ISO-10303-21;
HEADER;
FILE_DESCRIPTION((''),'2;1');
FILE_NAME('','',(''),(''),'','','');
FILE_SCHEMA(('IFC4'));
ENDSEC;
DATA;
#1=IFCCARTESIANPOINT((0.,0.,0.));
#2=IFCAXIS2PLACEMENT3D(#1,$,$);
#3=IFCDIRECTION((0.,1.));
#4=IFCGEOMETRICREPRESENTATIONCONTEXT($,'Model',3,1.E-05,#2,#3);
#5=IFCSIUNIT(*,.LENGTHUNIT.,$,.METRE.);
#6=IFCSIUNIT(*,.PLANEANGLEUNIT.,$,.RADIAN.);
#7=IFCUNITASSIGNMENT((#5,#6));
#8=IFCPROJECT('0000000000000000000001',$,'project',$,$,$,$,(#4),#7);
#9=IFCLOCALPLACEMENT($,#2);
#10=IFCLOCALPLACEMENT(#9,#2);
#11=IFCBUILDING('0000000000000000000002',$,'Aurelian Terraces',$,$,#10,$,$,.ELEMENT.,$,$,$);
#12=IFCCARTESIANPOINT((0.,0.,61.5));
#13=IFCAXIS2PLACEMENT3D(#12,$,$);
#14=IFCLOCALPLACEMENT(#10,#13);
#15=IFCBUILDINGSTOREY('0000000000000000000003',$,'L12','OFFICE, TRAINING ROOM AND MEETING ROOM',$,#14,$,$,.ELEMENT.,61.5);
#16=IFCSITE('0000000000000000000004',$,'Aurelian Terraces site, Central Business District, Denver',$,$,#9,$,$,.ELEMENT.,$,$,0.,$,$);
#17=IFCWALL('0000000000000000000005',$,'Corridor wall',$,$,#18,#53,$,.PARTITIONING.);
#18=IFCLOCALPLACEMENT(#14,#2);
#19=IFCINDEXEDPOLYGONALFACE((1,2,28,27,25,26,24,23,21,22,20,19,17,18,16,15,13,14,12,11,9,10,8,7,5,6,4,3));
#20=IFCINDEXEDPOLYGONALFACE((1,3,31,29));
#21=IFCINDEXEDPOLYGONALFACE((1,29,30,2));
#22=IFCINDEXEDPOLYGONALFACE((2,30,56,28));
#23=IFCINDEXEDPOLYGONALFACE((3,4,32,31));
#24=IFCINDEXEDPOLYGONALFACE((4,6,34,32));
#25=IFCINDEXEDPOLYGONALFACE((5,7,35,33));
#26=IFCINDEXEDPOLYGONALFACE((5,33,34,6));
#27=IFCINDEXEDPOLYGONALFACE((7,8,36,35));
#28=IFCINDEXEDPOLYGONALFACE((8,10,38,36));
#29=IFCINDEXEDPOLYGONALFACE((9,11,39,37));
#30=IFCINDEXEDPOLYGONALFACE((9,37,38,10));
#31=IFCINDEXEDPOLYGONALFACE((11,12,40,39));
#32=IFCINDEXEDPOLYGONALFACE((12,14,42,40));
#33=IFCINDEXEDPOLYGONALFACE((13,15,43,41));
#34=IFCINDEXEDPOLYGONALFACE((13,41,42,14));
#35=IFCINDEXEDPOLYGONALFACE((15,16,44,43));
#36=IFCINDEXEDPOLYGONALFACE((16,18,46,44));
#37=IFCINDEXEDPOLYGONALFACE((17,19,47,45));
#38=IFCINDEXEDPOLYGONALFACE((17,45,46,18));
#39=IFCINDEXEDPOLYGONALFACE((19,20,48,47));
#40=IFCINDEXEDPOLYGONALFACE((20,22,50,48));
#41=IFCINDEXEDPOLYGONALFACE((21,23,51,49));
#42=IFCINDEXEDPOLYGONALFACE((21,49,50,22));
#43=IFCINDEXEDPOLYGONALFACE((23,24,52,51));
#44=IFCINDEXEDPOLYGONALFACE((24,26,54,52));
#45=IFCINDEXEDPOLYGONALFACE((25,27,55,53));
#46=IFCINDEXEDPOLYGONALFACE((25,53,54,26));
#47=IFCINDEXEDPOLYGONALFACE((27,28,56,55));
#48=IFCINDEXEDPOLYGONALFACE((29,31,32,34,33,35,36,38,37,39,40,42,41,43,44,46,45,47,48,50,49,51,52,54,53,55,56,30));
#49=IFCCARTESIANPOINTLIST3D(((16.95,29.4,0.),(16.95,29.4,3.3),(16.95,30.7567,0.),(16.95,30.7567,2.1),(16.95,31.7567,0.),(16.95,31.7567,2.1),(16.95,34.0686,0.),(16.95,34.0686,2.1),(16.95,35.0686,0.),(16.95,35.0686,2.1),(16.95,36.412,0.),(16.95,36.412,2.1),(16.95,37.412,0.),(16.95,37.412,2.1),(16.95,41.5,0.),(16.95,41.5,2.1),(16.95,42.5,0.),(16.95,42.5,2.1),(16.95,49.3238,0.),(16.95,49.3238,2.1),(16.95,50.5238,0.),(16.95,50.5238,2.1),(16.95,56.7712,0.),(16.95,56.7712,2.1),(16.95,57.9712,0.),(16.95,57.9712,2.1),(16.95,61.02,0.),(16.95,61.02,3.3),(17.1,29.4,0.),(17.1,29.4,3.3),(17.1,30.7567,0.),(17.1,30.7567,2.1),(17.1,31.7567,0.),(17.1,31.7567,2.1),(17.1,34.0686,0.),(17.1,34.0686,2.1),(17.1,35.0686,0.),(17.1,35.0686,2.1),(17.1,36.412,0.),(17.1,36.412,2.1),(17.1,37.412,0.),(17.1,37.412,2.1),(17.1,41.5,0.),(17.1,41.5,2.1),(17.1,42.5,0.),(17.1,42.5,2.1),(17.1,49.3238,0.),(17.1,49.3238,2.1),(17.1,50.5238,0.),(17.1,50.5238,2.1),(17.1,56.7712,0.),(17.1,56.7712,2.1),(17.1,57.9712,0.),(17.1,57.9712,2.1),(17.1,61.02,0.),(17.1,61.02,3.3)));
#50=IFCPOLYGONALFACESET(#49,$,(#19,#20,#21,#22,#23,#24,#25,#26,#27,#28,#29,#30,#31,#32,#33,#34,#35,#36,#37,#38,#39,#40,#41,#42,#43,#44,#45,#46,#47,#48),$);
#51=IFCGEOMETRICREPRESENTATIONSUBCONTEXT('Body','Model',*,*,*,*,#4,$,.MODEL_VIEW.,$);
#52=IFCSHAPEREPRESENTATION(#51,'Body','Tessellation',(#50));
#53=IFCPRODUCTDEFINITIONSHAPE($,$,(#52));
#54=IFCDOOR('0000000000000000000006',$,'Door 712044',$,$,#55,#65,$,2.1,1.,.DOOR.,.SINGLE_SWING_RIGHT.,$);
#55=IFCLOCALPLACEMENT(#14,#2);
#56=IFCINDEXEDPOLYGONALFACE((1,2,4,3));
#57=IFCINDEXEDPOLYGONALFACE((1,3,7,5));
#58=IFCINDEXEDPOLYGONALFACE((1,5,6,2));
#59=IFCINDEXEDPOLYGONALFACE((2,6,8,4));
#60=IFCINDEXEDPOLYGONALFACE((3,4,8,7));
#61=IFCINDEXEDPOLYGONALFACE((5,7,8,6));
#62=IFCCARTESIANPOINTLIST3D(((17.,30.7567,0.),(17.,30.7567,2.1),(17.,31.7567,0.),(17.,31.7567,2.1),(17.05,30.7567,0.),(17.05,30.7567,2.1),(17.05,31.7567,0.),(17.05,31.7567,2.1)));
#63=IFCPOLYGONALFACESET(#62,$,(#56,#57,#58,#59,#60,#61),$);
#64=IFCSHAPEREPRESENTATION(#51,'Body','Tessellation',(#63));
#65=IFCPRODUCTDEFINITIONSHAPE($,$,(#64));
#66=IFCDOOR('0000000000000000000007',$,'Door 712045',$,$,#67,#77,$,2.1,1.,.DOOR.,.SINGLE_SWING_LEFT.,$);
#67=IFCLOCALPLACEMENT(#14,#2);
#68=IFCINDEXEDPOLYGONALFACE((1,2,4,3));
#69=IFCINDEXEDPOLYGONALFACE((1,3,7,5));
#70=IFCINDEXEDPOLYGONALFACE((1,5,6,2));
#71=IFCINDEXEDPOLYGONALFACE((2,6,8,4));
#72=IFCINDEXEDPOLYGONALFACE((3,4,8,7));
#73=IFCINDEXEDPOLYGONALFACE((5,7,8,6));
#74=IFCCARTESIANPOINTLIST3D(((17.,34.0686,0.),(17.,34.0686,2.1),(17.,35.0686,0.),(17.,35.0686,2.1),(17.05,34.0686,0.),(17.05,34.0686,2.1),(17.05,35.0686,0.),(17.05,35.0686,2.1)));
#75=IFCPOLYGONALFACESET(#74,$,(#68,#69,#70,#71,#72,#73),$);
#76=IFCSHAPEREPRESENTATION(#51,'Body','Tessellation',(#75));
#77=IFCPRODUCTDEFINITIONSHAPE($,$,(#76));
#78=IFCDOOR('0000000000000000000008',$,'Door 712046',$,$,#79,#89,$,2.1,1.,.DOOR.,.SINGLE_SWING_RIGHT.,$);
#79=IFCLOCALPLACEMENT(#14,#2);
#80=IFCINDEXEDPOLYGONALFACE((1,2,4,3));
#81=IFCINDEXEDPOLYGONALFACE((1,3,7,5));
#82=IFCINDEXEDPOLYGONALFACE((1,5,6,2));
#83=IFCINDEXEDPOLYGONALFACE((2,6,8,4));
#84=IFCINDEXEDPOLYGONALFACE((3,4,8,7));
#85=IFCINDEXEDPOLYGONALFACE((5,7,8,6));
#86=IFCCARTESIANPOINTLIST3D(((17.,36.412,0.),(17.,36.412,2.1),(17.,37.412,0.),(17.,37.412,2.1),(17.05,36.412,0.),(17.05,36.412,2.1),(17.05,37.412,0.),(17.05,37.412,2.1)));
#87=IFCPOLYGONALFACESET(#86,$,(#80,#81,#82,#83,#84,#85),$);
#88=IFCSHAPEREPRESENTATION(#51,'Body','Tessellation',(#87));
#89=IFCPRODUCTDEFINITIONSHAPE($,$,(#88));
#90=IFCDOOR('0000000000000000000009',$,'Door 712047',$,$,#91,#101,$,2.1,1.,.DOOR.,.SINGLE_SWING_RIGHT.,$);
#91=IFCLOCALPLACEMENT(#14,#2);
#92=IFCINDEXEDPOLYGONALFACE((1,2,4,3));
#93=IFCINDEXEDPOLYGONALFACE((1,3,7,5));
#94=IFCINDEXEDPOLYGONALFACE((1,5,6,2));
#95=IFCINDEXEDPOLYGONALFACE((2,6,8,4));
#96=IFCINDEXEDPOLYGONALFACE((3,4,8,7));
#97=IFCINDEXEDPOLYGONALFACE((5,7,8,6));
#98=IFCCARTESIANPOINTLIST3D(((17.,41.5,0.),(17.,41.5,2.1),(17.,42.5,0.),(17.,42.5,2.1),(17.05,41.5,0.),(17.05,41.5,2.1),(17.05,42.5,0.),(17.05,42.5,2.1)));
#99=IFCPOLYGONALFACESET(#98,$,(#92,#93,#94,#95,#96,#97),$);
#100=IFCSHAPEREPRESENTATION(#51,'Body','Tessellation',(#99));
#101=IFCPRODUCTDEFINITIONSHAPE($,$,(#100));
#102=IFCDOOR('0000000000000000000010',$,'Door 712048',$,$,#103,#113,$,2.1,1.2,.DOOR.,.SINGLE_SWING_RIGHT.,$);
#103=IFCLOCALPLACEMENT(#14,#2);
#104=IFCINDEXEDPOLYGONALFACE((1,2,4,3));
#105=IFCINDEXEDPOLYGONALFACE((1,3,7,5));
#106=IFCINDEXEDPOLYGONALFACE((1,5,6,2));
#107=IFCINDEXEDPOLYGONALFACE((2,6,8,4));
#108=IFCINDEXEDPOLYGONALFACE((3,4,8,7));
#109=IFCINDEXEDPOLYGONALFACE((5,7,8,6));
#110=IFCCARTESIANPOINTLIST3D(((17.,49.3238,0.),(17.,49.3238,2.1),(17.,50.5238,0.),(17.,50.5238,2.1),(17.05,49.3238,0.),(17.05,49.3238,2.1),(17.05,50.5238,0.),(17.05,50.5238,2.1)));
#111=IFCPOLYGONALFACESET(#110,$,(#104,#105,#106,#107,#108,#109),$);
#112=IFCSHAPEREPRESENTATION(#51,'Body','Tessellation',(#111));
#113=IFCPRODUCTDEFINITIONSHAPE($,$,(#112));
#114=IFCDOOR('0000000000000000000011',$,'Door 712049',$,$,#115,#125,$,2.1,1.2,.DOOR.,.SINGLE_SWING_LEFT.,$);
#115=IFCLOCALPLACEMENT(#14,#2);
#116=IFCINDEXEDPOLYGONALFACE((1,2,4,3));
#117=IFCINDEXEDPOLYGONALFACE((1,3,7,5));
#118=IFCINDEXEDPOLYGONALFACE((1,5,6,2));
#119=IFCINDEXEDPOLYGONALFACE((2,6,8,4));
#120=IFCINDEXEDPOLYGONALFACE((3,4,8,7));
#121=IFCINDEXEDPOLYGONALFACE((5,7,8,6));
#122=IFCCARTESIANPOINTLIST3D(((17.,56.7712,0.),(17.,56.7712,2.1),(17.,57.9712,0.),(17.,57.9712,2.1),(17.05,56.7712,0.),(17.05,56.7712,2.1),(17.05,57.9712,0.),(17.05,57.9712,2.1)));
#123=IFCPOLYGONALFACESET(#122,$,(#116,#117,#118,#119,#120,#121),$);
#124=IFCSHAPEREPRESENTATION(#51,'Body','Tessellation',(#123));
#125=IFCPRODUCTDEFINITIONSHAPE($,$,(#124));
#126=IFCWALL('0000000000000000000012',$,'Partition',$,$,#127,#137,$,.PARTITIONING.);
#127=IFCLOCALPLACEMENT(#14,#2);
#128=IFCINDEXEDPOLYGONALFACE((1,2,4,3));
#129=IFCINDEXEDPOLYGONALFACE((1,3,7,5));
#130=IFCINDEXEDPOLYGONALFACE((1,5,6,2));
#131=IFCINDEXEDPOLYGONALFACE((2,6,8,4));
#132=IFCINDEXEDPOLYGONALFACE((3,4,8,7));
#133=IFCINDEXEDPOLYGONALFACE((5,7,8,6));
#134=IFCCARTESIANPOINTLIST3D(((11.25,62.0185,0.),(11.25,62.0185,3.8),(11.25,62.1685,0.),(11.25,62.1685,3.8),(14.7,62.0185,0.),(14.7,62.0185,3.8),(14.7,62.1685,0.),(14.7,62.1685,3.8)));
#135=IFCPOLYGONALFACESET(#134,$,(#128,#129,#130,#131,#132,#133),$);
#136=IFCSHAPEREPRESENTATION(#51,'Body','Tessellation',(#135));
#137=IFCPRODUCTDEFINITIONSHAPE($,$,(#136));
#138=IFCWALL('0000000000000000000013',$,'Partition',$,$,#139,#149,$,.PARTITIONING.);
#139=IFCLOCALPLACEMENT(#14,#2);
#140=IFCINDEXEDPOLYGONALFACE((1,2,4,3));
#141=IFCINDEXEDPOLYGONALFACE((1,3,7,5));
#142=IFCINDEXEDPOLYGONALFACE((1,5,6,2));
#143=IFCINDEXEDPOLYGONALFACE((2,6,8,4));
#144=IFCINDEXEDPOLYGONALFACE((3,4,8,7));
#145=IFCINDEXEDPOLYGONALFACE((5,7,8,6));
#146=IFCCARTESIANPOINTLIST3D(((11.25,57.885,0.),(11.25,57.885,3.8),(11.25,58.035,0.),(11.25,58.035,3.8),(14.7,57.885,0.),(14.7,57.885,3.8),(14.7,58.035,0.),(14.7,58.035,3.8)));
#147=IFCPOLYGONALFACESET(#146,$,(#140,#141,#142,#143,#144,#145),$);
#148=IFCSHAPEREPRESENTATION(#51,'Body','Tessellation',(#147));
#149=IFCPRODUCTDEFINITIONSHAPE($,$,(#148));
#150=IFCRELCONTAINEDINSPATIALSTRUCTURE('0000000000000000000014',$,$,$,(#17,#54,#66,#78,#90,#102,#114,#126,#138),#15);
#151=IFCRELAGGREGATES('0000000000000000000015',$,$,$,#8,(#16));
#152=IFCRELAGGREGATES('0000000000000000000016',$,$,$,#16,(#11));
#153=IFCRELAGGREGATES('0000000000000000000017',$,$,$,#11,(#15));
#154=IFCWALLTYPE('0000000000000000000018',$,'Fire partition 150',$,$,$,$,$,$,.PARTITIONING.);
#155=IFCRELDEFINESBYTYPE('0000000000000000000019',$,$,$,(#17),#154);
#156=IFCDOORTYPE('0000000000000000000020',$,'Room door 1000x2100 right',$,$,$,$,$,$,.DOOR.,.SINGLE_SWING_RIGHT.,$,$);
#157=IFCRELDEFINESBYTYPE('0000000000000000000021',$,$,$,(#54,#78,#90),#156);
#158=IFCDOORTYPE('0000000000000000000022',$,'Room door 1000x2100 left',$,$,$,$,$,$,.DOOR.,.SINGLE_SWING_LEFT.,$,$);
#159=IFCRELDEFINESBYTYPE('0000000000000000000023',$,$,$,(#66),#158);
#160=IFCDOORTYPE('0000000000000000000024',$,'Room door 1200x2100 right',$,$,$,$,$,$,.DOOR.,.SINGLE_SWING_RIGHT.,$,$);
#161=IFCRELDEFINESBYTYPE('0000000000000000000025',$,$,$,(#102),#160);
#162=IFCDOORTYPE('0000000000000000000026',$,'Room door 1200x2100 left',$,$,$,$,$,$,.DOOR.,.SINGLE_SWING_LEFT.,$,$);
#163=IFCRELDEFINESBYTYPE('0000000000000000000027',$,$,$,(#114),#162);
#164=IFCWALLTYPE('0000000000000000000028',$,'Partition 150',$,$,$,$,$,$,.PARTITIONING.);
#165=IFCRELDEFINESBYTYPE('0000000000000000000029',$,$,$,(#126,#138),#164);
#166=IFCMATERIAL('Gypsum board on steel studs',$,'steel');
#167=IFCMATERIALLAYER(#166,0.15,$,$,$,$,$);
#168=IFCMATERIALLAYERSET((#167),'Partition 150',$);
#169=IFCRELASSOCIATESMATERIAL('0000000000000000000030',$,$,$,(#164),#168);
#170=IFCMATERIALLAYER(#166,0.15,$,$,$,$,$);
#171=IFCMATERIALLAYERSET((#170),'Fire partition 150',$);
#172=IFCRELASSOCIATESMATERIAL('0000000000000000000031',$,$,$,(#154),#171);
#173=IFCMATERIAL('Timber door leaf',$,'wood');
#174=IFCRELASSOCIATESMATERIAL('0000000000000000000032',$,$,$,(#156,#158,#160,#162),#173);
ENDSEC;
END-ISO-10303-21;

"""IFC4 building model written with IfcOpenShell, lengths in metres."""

from ifc_helpers import new_model, si_unit, direction, frame, frame_2d, origin, place, context, subcontext, project, spatial, rectangle, extrude, source, transform, mapped, material, layer, layer_set, type_object, element, fill, save


model = new_model("IFC4")

# Units and contexts
model_context = context("Model", 3, precision=1e-05, world=origin(), true_north=direction((0.0, 1.0)))
body_context = subcontext(model_context, "Body", "Model", "MODEL_VIEW")
ifc_project = project(units=[si_unit("LENGTHUNIT", "METRE"), si_unit("PLANEANGLEUNIT", "RADIAN")], contexts=[model_context])

# Site, building, storey
site_placement = place(None, origin())
site = spatial("IfcSite", under=ifc_project, at=site_placement, Name="Aurelian Terraces site, Central Business District, Denver", CompositionType="ELEMENT", RefElevation=0.0)
building_placement = place(site_placement, origin())
building = spatial("IfcBuilding", under=site, at=building_placement, Name="Aurelian Terraces", CompositionType="ELEMENT")
storey_placement = place(building_placement, frame((0.0, 0.0, 61.5)))
storey = spatial("IfcBuildingStorey", under=building, at=storey_placement, Name="L12", Description="OFFICE, TRAINING ROOM AND MEETING ROOM", CompositionType="ELEMENT", Elevation=61.5)

# Shared definitions
ifc_material_1 = material(Name="Gypsum board on steel studs", Category="steel")
ifc_layer_1 = layer(ifc_material_1, 0.15)
ifc_layer_set_1 = layer_set([ifc_layer_1], Name="Partition 150")
wall_type_1 = type_object("IfcWallType", Name="Partition 150", PredefinedType="PARTITIONING", material=ifc_layer_set_1)

# Wall, openings, doors
ifc_layer_2 = layer(ifc_material_1, 0.15)
ifc_layer_set_2 = layer_set([ifc_layer_2], Name="Fire partition 150")
wall_type_2 = type_object("IfcWallType", Name="Fire partition 150", PredefinedType="PARTITIONING", material=ifc_layer_set_2)
shared_shape_1 = source(origin(), body_context, "Body", "SweptSolid", [
    extrude(rectangle(XDim=31.62, YDim=0.15, at=frame_2d((15.81, 0.0))), origin(), (0.0, 0.0, 1.0), 3.3),
])
wall_1_placement = place(storey_placement, frame((17.025, 61.02, 0.0), z_axis=(0.0, 0.0, 1.0), x_axis=(0.0, -1.0, 0.0)))
wall_1 = element("IfcWall", 1, at=wall_1_placement, inside=storey, type_object=wall_type_2, Name="Corridor wall", PredefinedType="PARTITIONING", context=body_context, shape_type="MappedRepresentation", body=[
    mapped(shared_shape_1, transform((0.0, 0.0, 0.0), scale=1.0)),
])
shared_shape_2 = source(origin(), body_context, "Body", "SweptSolid", [
    extrude(rectangle(XDim=1.0, YDim=2.1, at=frame_2d((0.5, 1.05))), frame((0.0, 0.085, 0.0), z_axis=(0.0, -1.0, 0.0), x_axis=(1.0, 0.0, 0.0)), (0.0, 0.0, 1.0), 0.17),
])
opening_1_placement = place(wall_1_placement, frame((29.2633, 0.0, 0.0)))
opening_1 = element("IfcOpeningElement", 2, at=opening_1_placement, cuts=wall_1, PredefinedType="OPENING", context=body_context, shape_type="MappedRepresentation", body=[
    mapped(shared_shape_2, transform((0.0, 0.0, 0.0), scale=1.0)),
])
opening_2_placement = place(wall_1_placement, frame((25.9514, 0.0, 0.0)))
opening_2 = element("IfcOpeningElement", 3, at=opening_2_placement, cuts=wall_1, PredefinedType="OPENING", context=body_context, shape_type="MappedRepresentation", body=[
    mapped(shared_shape_2, transform((0.0, 0.0, 0.0), scale=1.0)),
])
opening_3_placement = place(wall_1_placement, frame((23.608, 0.0, 0.0)))
opening_3 = element("IfcOpeningElement", 4, at=opening_3_placement, cuts=wall_1, PredefinedType="OPENING", context=body_context, shape_type="MappedRepresentation", body=[
    mapped(shared_shape_2, transform((0.0, 0.0, 0.0), scale=1.0)),
])
opening_4_placement = place(wall_1_placement, frame((18.52, 0.0, 0.0)))
opening_4 = element("IfcOpeningElement", 5, at=opening_4_placement, cuts=wall_1, PredefinedType="OPENING", context=body_context, shape_type="MappedRepresentation", body=[
    mapped(shared_shape_2, transform((0.0, 0.0, 0.0), scale=1.0)),
])
shared_shape_3 = source(origin(), body_context, "Body", "SweptSolid", [
    extrude(rectangle(XDim=1.2, YDim=2.1, at=frame_2d((0.6, 1.05))), frame((0.0, 0.085, 0.0), z_axis=(0.0, -1.0, 0.0), x_axis=(1.0, 0.0, 0.0)), (0.0, 0.0, 1.0), 0.17),
])
opening_5_placement = place(wall_1_placement, frame((10.4962, 0.0, 0.0)))
opening_5 = element("IfcOpeningElement", 6, at=opening_5_placement, cuts=wall_1, PredefinedType="OPENING", context=body_context, shape_type="MappedRepresentation", body=[
    mapped(shared_shape_3, transform((0.0, 0.0, 0.0), scale=1.0)),
])
opening_6_placement = place(wall_1_placement, frame((3.0488, 0.0, 0.0)))
opening_6 = element("IfcOpeningElement", 7, at=opening_6_placement, cuts=wall_1, PredefinedType="OPENING", context=body_context, shape_type="MappedRepresentation", body=[
    mapped(shared_shape_3, transform((0.0, 0.0, 0.0), scale=1.0)),
])
ifc_material_2 = material(Name="Timber door leaf", Category="wood")
door_type_1 = type_object("IfcDoorType", Name="Room door 1000x2100 right", OperationType="SINGLE_SWING_RIGHT", PredefinedType="DOOR", material=ifc_material_2)
shared_shape_4 = source(origin(), body_context, "Body", "SweptSolid", [
    extrude(rectangle(XDim=1.0, YDim=2.1, at=frame_2d((0.5, 1.05))), frame((0.0, 0.025, 0.0), z_axis=(0.0, -1.0, 0.0), x_axis=(1.0, 0.0, 0.0)), (0.0, 0.0, 1.0), 0.05),
])
door_1_placement = place(opening_1_placement, origin())
door_1 = element("IfcDoor", 8, at=door_1_placement, inside=storey, type_object=door_type_1, Name="Door 712044", OperationType="SINGLE_SWING_RIGHT", OverallHeight=2.1, OverallWidth=1.0, PredefinedType="DOOR", context=body_context, shape_type="MappedRepresentation", body=[
    mapped(shared_shape_4, transform((0.0, 0.0, 0.0), scale=1.0)),
])
fill(opening_1, door_1)
door_type_2 = type_object("IfcDoorType", Name="Room door 1000x2100 left", OperationType="SINGLE_SWING_LEFT", PredefinedType="DOOR", material=ifc_material_2)
door_2_placement = place(opening_2_placement, origin())
door_2 = element("IfcDoor", 9, at=door_2_placement, inside=storey, type_object=door_type_2, Name="Door 712045", OperationType="SINGLE_SWING_LEFT", OverallHeight=2.1, OverallWidth=1.0, PredefinedType="DOOR", context=body_context, shape_type="MappedRepresentation", body=[
    mapped(shared_shape_4, transform((0.0, 0.0, 0.0), scale=1.0)),
])
fill(opening_2, door_2)
door_3_placement = place(opening_3_placement, origin())
door_3 = element("IfcDoor", 10, at=door_3_placement, inside=storey, type_object=door_type_1, Name="Door 712046", OperationType="SINGLE_SWING_RIGHT", OverallHeight=2.1, OverallWidth=1.0, PredefinedType="DOOR", context=body_context, shape_type="MappedRepresentation", body=[
    mapped(shared_shape_4, transform((0.0, 0.0, 0.0), scale=1.0)),
])
fill(opening_3, door_3)
door_4_placement = place(opening_4_placement, origin())
door_4 = element("IfcDoor", 11, at=door_4_placement, inside=storey, type_object=door_type_1, Name="Door 712047", OperationType="SINGLE_SWING_RIGHT", OverallHeight=2.1, OverallWidth=1.0, PredefinedType="DOOR", context=body_context, shape_type="MappedRepresentation", body=[
    mapped(shared_shape_4, transform((0.0, 0.0, 0.0), scale=1.0)),
])
fill(opening_4, door_4)
door_type_3 = type_object("IfcDoorType", Name="Room door 1200x2100 right", OperationType="SINGLE_SWING_RIGHT", PredefinedType="DOOR", material=ifc_material_2)
shared_shape_5 = source(origin(), body_context, "Body", "SweptSolid", [
    extrude(rectangle(XDim=1.2, YDim=2.1, at=frame_2d((0.6, 1.05))), frame((0.0, 0.025, 0.0), z_axis=(0.0, -1.0, 0.0), x_axis=(1.0, 0.0, 0.0)), (0.0, 0.0, 1.0), 0.05),
])
door_5_placement = place(opening_5_placement, origin())
door_5 = element("IfcDoor", 12, at=door_5_placement, inside=storey, type_object=door_type_3, Name="Door 712048", OperationType="SINGLE_SWING_RIGHT", OverallHeight=2.1, OverallWidth=1.2, PredefinedType="DOOR", context=body_context, shape_type="MappedRepresentation", body=[
    mapped(shared_shape_5, transform((0.0, 0.0, 0.0), scale=1.0)),
])
fill(opening_5, door_5)
door_type_4 = type_object("IfcDoorType", Name="Room door 1200x2100 left", OperationType="SINGLE_SWING_LEFT", PredefinedType="DOOR", material=ifc_material_2)
door_6_placement = place(opening_6_placement, origin())
door_6 = element("IfcDoor", 13, at=door_6_placement, inside=storey, type_object=door_type_4, Name="Door 712049", OperationType="SINGLE_SWING_LEFT", OverallHeight=2.1, OverallWidth=1.2, PredefinedType="DOOR", context=body_context, shape_type="MappedRepresentation", body=[
    mapped(shared_shape_5, transform((0.0, 0.0, 0.0), scale=1.0)),
])
fill(opening_6, door_6)

# Walls
shared_shape_6 = source(origin(), body_context, "Body", "SweptSolid", [
    extrude(rectangle(XDim=3.45, YDim=0.15, at=frame_2d((1.725, 0.0))), origin(), (0.0, 0.0, 1.0), 3.8),
])
for number, where, z_axis, x_axis, name in (
    (14, (14.7, 62.0935, 0.0), (0.0, 0.0, 1.0), (-1.0, 0.0, 0.0), "Partition"),
    (15, (14.7, 57.96, 0.0), (0.0, 0.0, 1.0), (-1.0, 0.0, 0.0), "Partition"),
):
    element("IfcWall", number, at=place(storey_placement, frame(where, z_axis=z_axis, x_axis=x_axis)), inside=storey, type_object=wall_type_1, Name=name, PredefinedType="PARTITIONING", context=body_context, shape_type="MappedRepresentation", body=[
        mapped(shared_shape_6, transform((0.0, 0.0, 0.0), scale=1.0)),
    ])

save(model, "model.ifc")
